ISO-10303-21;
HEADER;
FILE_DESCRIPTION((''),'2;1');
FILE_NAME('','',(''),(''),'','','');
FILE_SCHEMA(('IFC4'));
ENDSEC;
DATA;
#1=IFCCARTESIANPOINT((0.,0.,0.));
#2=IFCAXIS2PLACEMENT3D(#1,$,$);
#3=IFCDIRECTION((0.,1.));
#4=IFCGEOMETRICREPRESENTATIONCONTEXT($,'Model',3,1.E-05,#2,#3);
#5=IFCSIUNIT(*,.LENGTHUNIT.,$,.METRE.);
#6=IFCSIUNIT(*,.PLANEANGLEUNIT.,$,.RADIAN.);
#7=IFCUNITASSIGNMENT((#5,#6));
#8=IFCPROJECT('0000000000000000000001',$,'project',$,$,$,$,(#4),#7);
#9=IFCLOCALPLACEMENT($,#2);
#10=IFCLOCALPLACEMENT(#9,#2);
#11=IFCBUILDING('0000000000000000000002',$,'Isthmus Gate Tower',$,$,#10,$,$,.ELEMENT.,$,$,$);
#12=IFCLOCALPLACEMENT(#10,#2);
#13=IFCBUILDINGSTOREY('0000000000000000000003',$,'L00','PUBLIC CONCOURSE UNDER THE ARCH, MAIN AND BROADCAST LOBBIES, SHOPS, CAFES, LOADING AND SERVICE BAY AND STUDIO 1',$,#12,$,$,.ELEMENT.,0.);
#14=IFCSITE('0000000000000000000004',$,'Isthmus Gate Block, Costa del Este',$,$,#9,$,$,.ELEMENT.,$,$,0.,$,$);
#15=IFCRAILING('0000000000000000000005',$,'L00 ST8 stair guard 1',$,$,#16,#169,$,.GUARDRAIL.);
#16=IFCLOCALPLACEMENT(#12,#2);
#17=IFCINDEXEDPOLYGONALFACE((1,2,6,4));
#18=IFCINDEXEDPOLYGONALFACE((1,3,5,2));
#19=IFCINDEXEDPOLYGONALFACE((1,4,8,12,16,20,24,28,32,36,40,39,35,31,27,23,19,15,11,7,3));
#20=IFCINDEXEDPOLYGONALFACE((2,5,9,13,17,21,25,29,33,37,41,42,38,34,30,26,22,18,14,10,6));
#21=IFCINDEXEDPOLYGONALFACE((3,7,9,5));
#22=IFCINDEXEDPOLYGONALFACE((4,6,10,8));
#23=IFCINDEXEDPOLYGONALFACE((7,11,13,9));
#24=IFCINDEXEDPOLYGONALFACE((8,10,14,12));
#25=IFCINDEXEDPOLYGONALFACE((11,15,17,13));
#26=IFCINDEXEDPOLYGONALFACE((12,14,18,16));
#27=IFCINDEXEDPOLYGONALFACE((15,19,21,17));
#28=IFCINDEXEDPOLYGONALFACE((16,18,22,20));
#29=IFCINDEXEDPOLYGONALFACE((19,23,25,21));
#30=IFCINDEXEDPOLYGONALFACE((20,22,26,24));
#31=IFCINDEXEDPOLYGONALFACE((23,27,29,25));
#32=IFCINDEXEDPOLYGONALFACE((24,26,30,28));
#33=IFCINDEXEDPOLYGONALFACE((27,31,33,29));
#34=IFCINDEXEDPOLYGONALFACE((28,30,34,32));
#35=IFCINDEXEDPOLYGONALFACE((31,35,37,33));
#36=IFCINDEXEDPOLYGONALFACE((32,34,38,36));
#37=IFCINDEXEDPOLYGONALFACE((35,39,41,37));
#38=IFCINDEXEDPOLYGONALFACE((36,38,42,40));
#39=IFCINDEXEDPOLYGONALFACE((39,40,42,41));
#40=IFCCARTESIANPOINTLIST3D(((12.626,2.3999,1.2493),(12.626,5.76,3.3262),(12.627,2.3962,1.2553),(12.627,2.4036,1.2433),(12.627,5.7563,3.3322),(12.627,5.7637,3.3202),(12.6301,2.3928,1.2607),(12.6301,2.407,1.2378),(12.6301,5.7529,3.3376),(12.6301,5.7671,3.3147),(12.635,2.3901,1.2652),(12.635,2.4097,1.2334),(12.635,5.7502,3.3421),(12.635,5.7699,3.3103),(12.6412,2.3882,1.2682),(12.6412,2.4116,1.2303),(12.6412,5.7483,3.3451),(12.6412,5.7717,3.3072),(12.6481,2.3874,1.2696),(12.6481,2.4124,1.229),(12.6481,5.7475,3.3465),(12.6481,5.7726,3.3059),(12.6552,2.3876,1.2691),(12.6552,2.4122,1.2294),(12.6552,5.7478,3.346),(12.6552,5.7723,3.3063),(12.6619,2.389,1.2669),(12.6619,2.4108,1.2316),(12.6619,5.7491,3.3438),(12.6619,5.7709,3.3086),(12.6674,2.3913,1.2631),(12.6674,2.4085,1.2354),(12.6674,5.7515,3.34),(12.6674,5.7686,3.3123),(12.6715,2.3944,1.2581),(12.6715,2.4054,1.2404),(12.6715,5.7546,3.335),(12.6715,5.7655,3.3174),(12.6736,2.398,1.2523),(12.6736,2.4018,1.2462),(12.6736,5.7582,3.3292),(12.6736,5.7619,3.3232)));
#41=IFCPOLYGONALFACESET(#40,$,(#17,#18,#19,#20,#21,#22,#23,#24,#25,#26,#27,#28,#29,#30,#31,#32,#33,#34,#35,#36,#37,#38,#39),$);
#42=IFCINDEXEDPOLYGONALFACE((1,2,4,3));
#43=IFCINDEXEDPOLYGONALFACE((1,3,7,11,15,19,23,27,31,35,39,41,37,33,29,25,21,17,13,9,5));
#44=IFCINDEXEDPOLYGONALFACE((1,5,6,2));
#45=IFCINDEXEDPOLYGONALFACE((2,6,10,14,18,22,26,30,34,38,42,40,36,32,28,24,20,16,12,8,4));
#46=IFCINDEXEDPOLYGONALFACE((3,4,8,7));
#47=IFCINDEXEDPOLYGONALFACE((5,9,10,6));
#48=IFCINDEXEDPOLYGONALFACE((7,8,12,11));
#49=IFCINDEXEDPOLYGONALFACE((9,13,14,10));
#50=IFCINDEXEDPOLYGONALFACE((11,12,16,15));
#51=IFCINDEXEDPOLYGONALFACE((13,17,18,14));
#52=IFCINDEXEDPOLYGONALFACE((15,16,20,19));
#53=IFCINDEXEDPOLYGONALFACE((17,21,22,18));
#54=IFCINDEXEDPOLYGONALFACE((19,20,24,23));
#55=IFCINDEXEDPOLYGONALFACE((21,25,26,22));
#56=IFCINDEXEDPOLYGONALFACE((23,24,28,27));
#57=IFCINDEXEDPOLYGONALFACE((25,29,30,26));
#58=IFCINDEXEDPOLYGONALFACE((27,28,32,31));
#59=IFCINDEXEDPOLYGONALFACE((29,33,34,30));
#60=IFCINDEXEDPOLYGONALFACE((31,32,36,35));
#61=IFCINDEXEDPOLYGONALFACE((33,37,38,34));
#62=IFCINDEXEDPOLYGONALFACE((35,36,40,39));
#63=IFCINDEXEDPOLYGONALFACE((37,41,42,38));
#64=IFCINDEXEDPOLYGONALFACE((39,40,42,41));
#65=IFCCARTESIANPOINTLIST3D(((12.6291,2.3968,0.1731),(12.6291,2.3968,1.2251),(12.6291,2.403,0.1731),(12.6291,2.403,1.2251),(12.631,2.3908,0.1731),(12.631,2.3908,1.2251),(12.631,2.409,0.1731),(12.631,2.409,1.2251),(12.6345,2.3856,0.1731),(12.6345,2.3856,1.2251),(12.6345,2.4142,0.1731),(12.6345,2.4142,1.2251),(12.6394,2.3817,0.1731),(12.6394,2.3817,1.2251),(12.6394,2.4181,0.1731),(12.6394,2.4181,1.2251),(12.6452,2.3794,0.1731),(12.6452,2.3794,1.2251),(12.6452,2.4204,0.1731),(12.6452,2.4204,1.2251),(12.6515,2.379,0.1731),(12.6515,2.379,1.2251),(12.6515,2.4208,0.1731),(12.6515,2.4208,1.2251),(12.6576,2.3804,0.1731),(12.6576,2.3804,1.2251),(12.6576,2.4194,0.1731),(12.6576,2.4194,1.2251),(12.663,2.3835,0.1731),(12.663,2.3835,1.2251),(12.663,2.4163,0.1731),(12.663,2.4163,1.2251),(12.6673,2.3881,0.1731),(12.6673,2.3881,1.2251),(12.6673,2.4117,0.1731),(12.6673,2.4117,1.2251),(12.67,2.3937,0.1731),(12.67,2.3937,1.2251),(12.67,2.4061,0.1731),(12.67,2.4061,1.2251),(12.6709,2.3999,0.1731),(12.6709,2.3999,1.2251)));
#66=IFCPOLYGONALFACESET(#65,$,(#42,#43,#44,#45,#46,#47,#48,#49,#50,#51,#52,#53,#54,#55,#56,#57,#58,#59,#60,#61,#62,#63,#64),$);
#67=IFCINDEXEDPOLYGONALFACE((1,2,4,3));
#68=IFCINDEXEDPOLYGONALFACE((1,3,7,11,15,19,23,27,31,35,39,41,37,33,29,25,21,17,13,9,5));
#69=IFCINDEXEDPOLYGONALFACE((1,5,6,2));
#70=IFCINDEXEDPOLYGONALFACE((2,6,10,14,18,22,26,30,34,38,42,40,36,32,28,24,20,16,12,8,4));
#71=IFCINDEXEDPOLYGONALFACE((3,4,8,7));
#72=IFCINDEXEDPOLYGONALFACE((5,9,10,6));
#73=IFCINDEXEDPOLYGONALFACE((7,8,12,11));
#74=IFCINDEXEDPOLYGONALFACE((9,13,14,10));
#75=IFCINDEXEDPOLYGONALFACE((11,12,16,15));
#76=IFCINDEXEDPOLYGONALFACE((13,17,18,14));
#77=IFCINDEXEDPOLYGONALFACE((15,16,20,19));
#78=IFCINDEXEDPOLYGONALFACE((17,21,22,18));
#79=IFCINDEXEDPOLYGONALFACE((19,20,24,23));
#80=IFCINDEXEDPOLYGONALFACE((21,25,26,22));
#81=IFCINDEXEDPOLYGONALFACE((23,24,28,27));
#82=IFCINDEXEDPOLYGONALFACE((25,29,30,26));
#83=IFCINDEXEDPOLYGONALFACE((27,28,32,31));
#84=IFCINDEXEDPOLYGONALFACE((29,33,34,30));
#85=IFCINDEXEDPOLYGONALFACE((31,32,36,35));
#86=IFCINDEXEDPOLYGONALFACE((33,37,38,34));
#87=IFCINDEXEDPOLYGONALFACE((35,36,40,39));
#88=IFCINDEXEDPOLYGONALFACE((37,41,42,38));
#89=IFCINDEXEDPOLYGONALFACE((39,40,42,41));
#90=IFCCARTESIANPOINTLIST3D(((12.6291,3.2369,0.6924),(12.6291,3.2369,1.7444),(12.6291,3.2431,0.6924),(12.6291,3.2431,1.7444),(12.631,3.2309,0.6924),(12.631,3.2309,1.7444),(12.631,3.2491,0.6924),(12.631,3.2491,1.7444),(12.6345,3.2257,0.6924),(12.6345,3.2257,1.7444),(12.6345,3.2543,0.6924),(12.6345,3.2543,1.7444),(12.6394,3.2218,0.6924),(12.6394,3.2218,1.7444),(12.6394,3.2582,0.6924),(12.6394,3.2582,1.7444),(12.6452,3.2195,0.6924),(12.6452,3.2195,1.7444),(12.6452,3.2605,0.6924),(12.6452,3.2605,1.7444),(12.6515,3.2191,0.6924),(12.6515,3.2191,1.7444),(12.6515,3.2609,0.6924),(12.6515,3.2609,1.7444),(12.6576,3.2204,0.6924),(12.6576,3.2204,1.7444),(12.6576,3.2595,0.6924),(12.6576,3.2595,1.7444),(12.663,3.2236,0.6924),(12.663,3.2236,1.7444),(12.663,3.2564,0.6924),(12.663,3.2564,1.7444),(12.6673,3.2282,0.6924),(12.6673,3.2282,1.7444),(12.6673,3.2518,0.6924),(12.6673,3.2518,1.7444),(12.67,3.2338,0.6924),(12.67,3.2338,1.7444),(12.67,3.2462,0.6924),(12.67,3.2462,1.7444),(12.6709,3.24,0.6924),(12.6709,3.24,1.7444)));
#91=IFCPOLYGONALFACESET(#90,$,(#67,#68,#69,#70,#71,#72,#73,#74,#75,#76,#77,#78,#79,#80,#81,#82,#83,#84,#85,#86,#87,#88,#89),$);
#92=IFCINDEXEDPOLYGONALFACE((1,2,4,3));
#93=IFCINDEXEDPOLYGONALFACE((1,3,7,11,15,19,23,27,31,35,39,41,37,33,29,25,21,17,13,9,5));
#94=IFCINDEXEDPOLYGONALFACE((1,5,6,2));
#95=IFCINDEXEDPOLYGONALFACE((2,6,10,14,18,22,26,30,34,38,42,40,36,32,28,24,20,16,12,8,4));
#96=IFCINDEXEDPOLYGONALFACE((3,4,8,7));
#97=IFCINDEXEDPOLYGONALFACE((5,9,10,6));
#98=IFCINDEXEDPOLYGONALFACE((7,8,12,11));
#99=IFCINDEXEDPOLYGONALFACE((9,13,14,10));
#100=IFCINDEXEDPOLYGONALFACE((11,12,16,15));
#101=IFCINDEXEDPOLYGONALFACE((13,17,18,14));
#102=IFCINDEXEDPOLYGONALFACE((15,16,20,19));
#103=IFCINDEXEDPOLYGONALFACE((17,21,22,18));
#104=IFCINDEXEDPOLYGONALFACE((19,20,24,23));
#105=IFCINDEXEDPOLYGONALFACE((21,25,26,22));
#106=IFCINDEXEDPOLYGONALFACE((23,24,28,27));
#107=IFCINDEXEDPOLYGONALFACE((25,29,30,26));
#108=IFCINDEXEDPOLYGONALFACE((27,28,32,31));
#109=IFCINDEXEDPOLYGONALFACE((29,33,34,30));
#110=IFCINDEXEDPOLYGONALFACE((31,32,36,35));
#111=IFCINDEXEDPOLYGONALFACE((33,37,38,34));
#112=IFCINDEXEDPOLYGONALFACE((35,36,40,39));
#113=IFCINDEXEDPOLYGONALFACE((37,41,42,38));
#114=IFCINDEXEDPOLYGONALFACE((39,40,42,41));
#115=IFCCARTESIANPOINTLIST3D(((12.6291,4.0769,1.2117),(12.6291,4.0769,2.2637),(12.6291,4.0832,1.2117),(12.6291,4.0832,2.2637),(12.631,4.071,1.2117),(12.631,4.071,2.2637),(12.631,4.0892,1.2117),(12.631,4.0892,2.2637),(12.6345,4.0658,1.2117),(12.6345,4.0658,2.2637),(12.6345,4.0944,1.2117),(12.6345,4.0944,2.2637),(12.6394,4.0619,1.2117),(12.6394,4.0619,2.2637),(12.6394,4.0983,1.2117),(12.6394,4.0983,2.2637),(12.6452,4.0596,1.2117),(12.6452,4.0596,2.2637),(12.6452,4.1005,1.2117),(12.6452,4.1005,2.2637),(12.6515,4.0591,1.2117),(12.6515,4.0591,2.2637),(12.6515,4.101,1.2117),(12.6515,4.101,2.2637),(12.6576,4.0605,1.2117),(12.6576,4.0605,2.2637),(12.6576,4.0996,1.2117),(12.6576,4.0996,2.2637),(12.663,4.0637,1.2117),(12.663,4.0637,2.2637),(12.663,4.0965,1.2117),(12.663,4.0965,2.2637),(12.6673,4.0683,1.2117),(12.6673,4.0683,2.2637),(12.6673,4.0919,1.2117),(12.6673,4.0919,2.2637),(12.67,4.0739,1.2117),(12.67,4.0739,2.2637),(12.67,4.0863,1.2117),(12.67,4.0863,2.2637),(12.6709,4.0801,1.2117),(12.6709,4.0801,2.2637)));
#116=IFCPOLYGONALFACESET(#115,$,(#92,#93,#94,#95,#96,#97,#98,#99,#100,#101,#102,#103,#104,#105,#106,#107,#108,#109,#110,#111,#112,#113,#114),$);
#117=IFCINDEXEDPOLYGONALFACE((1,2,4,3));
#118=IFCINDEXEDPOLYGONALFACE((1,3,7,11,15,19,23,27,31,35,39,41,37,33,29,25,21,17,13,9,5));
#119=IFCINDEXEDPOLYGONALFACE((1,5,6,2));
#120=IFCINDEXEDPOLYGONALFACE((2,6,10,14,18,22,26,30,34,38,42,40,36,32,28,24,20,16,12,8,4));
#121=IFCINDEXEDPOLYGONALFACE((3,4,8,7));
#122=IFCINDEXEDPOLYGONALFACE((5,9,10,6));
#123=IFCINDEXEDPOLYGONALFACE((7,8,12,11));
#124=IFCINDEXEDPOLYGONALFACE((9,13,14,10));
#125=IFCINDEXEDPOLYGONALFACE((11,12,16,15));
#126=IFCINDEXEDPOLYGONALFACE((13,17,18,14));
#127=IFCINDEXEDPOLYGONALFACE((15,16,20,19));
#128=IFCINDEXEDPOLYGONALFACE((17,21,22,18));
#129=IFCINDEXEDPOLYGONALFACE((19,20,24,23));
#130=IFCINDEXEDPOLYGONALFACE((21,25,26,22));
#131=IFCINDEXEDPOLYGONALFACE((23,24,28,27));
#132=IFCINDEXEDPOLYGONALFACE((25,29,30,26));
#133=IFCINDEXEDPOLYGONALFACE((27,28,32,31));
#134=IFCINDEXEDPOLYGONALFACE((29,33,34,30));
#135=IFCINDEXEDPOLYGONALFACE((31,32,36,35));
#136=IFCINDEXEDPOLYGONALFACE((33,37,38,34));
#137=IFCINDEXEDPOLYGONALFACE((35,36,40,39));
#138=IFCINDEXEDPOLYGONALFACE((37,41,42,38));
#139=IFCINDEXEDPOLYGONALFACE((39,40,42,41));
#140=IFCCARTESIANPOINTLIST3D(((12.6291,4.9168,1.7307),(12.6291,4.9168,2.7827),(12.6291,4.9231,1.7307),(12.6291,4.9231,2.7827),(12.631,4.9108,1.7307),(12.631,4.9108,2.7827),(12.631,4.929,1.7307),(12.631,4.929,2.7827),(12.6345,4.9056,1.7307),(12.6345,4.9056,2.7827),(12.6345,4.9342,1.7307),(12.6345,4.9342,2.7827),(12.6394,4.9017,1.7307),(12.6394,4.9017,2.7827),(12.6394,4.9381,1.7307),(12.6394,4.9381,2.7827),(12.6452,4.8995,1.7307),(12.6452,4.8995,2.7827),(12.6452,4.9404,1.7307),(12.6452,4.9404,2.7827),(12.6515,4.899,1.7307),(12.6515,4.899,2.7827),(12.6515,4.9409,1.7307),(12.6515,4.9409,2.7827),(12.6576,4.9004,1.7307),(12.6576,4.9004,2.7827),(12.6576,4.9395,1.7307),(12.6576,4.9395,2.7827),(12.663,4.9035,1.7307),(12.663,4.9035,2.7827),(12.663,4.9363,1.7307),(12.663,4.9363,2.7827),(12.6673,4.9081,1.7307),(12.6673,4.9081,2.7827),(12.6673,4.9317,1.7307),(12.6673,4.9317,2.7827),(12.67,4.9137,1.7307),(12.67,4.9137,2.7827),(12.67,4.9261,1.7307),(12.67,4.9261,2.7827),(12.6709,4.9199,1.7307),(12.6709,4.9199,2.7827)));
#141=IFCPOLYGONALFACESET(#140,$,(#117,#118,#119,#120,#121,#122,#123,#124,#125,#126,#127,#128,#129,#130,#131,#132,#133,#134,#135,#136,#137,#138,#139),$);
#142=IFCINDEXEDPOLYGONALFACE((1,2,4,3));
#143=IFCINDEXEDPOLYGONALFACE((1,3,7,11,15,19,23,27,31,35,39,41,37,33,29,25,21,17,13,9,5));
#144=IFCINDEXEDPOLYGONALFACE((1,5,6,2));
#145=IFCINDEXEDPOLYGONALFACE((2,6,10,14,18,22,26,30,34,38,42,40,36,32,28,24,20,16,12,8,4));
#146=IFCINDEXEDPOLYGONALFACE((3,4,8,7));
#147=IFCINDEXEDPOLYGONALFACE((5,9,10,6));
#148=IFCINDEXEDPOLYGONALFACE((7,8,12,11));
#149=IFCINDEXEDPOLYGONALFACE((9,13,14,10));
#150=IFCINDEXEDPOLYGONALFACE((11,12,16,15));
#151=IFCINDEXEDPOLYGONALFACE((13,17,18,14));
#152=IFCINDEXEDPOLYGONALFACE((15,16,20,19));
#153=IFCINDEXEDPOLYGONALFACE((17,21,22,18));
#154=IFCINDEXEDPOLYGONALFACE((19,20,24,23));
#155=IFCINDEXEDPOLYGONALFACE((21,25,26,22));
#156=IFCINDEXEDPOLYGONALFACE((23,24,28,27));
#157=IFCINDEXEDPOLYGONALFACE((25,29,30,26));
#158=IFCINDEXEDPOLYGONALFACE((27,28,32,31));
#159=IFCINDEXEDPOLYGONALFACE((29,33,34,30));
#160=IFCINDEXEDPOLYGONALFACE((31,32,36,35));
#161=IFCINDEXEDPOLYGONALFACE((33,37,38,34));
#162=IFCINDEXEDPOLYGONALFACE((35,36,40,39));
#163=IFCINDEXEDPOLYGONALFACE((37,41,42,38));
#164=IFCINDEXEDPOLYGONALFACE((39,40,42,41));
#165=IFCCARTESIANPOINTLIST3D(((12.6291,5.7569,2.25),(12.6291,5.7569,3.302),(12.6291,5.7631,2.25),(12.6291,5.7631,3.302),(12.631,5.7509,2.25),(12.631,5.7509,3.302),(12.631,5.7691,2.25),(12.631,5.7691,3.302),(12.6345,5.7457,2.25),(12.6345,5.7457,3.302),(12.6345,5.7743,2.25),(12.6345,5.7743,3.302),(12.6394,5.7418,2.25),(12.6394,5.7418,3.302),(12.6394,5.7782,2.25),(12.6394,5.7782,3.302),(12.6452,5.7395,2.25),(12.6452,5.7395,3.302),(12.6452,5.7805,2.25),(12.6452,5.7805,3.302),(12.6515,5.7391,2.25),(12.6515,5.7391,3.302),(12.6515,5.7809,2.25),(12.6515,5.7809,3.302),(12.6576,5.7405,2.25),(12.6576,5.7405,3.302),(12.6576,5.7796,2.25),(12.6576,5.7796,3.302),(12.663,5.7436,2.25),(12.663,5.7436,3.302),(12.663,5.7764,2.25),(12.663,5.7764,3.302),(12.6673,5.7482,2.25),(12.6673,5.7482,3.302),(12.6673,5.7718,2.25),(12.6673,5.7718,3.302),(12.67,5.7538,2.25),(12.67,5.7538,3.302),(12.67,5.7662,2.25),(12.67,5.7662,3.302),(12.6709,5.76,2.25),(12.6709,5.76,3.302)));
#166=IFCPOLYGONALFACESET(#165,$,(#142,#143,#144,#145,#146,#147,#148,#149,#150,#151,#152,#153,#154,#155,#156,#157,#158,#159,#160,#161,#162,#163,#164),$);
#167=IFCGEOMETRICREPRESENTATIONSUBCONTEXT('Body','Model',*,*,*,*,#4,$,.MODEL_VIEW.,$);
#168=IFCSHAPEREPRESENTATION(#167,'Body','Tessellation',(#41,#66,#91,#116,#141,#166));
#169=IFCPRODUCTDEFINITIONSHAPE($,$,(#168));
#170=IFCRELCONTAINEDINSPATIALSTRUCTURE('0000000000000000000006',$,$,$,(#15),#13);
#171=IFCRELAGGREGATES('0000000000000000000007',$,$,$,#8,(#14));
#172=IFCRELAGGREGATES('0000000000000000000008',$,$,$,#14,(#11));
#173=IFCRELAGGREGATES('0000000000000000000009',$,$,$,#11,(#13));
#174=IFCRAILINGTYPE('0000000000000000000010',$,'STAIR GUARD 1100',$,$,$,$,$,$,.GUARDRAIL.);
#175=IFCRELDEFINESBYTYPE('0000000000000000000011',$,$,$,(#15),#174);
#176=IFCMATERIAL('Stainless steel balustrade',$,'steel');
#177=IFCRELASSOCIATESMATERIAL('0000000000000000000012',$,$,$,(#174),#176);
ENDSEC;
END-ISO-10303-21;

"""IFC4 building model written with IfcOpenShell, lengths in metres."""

from ifc_helpers import new_model, si_unit, direction, frame, origin, origin_2d, place, context, subcontext, project, spatial, circle, extrude, material, type_object, element, save


model = new_model("IFC4")

# Units and contexts
model_context = context("Model", 3, precision=1e-05, world=origin(), true_north=direction((0.0, 1.0)))
body_context = subcontext(model_context, "Body", "Model", "MODEL_VIEW")
ifc_project = project(units=[si_unit("LENGTHUNIT", "METRE"), si_unit("PLANEANGLEUNIT", "RADIAN")], contexts=[model_context])

# Site, building, storey
site_placement = place(None, origin())
site = spatial("IfcSite", under=ifc_project, at=site_placement, Name="Isthmus Gate Block, Costa del Este", CompositionType="ELEMENT", RefElevation=0.0)
building_placement = place(site_placement, origin())
building = spatial("IfcBuilding", under=site, at=building_placement, Name="Isthmus Gate Tower", CompositionType="ELEMENT")
storey_placement = place(building_placement, origin())
storey = spatial("IfcBuildingStorey", under=building, at=storey_placement, Name="L00", Description="PUBLIC CONCOURSE UNDER THE ARCH, MAIN AND BROADCAST LOBBIES, SHOPS, CAFES, LOADING AND SERVICE BAY AND STUDIO 1", CompositionType="ELEMENT", Elevation=0.0)

# Railing
ifc_material_1 = material(Name="Stainless steel balustrade", Category="steel")
railing_type_1 = type_object("IfcRailingType", Name="STAIR GUARD 1100", PredefinedType="GUARDRAIL", material=ifc_material_1)
for number, where, name in (
    (1, (12.6499, 2.3999, 0.1731), "L00 ST8 stair guard 1"),
):
    element("IfcRailing", number, at=place(storey_placement, frame(where)), inside=storey, type_object=railing_type_1, Name=name, PredefinedType="GUARDRAIL", context=body_context, shape_type="SweptSolid", body=[
        extrude(circle(Radius=0.0239, at=origin_2d()), frame((0.0, 0.0, 1.0762), z_axis=(0.0, 0.850623, 0.525776), x_axis=(-1.0, 0.0, 0.0)), (0.0, 0.0, 1.0), 3.9502),
        extrude(circle(Radius=0.021, at=origin_2d()), origin(), (0.0, 0.0, 1.0), 1.052),
        extrude(circle(Radius=0.021, at=origin_2d()), frame((0.0, 0.8401, 0.5193)), (0.0, 0.0, 1.0), 1.052),
        extrude(circle(Radius=0.021, at=origin_2d()), frame((0.0, 1.6802, 1.0386)), (0.0, 0.0, 1.0), 1.052),
        extrude(circle(Radius=0.021, at=origin_2d()), frame((0.0, 2.52, 1.5576)), (0.0, 0.0, 1.0), 1.052),
        extrude(circle(Radius=0.021, at=origin_2d()), frame((0.0, 3.3601, 2.0769)), (0.0, 0.0, 1.0), 1.052),
    ])

save(model, "model.ifc")
